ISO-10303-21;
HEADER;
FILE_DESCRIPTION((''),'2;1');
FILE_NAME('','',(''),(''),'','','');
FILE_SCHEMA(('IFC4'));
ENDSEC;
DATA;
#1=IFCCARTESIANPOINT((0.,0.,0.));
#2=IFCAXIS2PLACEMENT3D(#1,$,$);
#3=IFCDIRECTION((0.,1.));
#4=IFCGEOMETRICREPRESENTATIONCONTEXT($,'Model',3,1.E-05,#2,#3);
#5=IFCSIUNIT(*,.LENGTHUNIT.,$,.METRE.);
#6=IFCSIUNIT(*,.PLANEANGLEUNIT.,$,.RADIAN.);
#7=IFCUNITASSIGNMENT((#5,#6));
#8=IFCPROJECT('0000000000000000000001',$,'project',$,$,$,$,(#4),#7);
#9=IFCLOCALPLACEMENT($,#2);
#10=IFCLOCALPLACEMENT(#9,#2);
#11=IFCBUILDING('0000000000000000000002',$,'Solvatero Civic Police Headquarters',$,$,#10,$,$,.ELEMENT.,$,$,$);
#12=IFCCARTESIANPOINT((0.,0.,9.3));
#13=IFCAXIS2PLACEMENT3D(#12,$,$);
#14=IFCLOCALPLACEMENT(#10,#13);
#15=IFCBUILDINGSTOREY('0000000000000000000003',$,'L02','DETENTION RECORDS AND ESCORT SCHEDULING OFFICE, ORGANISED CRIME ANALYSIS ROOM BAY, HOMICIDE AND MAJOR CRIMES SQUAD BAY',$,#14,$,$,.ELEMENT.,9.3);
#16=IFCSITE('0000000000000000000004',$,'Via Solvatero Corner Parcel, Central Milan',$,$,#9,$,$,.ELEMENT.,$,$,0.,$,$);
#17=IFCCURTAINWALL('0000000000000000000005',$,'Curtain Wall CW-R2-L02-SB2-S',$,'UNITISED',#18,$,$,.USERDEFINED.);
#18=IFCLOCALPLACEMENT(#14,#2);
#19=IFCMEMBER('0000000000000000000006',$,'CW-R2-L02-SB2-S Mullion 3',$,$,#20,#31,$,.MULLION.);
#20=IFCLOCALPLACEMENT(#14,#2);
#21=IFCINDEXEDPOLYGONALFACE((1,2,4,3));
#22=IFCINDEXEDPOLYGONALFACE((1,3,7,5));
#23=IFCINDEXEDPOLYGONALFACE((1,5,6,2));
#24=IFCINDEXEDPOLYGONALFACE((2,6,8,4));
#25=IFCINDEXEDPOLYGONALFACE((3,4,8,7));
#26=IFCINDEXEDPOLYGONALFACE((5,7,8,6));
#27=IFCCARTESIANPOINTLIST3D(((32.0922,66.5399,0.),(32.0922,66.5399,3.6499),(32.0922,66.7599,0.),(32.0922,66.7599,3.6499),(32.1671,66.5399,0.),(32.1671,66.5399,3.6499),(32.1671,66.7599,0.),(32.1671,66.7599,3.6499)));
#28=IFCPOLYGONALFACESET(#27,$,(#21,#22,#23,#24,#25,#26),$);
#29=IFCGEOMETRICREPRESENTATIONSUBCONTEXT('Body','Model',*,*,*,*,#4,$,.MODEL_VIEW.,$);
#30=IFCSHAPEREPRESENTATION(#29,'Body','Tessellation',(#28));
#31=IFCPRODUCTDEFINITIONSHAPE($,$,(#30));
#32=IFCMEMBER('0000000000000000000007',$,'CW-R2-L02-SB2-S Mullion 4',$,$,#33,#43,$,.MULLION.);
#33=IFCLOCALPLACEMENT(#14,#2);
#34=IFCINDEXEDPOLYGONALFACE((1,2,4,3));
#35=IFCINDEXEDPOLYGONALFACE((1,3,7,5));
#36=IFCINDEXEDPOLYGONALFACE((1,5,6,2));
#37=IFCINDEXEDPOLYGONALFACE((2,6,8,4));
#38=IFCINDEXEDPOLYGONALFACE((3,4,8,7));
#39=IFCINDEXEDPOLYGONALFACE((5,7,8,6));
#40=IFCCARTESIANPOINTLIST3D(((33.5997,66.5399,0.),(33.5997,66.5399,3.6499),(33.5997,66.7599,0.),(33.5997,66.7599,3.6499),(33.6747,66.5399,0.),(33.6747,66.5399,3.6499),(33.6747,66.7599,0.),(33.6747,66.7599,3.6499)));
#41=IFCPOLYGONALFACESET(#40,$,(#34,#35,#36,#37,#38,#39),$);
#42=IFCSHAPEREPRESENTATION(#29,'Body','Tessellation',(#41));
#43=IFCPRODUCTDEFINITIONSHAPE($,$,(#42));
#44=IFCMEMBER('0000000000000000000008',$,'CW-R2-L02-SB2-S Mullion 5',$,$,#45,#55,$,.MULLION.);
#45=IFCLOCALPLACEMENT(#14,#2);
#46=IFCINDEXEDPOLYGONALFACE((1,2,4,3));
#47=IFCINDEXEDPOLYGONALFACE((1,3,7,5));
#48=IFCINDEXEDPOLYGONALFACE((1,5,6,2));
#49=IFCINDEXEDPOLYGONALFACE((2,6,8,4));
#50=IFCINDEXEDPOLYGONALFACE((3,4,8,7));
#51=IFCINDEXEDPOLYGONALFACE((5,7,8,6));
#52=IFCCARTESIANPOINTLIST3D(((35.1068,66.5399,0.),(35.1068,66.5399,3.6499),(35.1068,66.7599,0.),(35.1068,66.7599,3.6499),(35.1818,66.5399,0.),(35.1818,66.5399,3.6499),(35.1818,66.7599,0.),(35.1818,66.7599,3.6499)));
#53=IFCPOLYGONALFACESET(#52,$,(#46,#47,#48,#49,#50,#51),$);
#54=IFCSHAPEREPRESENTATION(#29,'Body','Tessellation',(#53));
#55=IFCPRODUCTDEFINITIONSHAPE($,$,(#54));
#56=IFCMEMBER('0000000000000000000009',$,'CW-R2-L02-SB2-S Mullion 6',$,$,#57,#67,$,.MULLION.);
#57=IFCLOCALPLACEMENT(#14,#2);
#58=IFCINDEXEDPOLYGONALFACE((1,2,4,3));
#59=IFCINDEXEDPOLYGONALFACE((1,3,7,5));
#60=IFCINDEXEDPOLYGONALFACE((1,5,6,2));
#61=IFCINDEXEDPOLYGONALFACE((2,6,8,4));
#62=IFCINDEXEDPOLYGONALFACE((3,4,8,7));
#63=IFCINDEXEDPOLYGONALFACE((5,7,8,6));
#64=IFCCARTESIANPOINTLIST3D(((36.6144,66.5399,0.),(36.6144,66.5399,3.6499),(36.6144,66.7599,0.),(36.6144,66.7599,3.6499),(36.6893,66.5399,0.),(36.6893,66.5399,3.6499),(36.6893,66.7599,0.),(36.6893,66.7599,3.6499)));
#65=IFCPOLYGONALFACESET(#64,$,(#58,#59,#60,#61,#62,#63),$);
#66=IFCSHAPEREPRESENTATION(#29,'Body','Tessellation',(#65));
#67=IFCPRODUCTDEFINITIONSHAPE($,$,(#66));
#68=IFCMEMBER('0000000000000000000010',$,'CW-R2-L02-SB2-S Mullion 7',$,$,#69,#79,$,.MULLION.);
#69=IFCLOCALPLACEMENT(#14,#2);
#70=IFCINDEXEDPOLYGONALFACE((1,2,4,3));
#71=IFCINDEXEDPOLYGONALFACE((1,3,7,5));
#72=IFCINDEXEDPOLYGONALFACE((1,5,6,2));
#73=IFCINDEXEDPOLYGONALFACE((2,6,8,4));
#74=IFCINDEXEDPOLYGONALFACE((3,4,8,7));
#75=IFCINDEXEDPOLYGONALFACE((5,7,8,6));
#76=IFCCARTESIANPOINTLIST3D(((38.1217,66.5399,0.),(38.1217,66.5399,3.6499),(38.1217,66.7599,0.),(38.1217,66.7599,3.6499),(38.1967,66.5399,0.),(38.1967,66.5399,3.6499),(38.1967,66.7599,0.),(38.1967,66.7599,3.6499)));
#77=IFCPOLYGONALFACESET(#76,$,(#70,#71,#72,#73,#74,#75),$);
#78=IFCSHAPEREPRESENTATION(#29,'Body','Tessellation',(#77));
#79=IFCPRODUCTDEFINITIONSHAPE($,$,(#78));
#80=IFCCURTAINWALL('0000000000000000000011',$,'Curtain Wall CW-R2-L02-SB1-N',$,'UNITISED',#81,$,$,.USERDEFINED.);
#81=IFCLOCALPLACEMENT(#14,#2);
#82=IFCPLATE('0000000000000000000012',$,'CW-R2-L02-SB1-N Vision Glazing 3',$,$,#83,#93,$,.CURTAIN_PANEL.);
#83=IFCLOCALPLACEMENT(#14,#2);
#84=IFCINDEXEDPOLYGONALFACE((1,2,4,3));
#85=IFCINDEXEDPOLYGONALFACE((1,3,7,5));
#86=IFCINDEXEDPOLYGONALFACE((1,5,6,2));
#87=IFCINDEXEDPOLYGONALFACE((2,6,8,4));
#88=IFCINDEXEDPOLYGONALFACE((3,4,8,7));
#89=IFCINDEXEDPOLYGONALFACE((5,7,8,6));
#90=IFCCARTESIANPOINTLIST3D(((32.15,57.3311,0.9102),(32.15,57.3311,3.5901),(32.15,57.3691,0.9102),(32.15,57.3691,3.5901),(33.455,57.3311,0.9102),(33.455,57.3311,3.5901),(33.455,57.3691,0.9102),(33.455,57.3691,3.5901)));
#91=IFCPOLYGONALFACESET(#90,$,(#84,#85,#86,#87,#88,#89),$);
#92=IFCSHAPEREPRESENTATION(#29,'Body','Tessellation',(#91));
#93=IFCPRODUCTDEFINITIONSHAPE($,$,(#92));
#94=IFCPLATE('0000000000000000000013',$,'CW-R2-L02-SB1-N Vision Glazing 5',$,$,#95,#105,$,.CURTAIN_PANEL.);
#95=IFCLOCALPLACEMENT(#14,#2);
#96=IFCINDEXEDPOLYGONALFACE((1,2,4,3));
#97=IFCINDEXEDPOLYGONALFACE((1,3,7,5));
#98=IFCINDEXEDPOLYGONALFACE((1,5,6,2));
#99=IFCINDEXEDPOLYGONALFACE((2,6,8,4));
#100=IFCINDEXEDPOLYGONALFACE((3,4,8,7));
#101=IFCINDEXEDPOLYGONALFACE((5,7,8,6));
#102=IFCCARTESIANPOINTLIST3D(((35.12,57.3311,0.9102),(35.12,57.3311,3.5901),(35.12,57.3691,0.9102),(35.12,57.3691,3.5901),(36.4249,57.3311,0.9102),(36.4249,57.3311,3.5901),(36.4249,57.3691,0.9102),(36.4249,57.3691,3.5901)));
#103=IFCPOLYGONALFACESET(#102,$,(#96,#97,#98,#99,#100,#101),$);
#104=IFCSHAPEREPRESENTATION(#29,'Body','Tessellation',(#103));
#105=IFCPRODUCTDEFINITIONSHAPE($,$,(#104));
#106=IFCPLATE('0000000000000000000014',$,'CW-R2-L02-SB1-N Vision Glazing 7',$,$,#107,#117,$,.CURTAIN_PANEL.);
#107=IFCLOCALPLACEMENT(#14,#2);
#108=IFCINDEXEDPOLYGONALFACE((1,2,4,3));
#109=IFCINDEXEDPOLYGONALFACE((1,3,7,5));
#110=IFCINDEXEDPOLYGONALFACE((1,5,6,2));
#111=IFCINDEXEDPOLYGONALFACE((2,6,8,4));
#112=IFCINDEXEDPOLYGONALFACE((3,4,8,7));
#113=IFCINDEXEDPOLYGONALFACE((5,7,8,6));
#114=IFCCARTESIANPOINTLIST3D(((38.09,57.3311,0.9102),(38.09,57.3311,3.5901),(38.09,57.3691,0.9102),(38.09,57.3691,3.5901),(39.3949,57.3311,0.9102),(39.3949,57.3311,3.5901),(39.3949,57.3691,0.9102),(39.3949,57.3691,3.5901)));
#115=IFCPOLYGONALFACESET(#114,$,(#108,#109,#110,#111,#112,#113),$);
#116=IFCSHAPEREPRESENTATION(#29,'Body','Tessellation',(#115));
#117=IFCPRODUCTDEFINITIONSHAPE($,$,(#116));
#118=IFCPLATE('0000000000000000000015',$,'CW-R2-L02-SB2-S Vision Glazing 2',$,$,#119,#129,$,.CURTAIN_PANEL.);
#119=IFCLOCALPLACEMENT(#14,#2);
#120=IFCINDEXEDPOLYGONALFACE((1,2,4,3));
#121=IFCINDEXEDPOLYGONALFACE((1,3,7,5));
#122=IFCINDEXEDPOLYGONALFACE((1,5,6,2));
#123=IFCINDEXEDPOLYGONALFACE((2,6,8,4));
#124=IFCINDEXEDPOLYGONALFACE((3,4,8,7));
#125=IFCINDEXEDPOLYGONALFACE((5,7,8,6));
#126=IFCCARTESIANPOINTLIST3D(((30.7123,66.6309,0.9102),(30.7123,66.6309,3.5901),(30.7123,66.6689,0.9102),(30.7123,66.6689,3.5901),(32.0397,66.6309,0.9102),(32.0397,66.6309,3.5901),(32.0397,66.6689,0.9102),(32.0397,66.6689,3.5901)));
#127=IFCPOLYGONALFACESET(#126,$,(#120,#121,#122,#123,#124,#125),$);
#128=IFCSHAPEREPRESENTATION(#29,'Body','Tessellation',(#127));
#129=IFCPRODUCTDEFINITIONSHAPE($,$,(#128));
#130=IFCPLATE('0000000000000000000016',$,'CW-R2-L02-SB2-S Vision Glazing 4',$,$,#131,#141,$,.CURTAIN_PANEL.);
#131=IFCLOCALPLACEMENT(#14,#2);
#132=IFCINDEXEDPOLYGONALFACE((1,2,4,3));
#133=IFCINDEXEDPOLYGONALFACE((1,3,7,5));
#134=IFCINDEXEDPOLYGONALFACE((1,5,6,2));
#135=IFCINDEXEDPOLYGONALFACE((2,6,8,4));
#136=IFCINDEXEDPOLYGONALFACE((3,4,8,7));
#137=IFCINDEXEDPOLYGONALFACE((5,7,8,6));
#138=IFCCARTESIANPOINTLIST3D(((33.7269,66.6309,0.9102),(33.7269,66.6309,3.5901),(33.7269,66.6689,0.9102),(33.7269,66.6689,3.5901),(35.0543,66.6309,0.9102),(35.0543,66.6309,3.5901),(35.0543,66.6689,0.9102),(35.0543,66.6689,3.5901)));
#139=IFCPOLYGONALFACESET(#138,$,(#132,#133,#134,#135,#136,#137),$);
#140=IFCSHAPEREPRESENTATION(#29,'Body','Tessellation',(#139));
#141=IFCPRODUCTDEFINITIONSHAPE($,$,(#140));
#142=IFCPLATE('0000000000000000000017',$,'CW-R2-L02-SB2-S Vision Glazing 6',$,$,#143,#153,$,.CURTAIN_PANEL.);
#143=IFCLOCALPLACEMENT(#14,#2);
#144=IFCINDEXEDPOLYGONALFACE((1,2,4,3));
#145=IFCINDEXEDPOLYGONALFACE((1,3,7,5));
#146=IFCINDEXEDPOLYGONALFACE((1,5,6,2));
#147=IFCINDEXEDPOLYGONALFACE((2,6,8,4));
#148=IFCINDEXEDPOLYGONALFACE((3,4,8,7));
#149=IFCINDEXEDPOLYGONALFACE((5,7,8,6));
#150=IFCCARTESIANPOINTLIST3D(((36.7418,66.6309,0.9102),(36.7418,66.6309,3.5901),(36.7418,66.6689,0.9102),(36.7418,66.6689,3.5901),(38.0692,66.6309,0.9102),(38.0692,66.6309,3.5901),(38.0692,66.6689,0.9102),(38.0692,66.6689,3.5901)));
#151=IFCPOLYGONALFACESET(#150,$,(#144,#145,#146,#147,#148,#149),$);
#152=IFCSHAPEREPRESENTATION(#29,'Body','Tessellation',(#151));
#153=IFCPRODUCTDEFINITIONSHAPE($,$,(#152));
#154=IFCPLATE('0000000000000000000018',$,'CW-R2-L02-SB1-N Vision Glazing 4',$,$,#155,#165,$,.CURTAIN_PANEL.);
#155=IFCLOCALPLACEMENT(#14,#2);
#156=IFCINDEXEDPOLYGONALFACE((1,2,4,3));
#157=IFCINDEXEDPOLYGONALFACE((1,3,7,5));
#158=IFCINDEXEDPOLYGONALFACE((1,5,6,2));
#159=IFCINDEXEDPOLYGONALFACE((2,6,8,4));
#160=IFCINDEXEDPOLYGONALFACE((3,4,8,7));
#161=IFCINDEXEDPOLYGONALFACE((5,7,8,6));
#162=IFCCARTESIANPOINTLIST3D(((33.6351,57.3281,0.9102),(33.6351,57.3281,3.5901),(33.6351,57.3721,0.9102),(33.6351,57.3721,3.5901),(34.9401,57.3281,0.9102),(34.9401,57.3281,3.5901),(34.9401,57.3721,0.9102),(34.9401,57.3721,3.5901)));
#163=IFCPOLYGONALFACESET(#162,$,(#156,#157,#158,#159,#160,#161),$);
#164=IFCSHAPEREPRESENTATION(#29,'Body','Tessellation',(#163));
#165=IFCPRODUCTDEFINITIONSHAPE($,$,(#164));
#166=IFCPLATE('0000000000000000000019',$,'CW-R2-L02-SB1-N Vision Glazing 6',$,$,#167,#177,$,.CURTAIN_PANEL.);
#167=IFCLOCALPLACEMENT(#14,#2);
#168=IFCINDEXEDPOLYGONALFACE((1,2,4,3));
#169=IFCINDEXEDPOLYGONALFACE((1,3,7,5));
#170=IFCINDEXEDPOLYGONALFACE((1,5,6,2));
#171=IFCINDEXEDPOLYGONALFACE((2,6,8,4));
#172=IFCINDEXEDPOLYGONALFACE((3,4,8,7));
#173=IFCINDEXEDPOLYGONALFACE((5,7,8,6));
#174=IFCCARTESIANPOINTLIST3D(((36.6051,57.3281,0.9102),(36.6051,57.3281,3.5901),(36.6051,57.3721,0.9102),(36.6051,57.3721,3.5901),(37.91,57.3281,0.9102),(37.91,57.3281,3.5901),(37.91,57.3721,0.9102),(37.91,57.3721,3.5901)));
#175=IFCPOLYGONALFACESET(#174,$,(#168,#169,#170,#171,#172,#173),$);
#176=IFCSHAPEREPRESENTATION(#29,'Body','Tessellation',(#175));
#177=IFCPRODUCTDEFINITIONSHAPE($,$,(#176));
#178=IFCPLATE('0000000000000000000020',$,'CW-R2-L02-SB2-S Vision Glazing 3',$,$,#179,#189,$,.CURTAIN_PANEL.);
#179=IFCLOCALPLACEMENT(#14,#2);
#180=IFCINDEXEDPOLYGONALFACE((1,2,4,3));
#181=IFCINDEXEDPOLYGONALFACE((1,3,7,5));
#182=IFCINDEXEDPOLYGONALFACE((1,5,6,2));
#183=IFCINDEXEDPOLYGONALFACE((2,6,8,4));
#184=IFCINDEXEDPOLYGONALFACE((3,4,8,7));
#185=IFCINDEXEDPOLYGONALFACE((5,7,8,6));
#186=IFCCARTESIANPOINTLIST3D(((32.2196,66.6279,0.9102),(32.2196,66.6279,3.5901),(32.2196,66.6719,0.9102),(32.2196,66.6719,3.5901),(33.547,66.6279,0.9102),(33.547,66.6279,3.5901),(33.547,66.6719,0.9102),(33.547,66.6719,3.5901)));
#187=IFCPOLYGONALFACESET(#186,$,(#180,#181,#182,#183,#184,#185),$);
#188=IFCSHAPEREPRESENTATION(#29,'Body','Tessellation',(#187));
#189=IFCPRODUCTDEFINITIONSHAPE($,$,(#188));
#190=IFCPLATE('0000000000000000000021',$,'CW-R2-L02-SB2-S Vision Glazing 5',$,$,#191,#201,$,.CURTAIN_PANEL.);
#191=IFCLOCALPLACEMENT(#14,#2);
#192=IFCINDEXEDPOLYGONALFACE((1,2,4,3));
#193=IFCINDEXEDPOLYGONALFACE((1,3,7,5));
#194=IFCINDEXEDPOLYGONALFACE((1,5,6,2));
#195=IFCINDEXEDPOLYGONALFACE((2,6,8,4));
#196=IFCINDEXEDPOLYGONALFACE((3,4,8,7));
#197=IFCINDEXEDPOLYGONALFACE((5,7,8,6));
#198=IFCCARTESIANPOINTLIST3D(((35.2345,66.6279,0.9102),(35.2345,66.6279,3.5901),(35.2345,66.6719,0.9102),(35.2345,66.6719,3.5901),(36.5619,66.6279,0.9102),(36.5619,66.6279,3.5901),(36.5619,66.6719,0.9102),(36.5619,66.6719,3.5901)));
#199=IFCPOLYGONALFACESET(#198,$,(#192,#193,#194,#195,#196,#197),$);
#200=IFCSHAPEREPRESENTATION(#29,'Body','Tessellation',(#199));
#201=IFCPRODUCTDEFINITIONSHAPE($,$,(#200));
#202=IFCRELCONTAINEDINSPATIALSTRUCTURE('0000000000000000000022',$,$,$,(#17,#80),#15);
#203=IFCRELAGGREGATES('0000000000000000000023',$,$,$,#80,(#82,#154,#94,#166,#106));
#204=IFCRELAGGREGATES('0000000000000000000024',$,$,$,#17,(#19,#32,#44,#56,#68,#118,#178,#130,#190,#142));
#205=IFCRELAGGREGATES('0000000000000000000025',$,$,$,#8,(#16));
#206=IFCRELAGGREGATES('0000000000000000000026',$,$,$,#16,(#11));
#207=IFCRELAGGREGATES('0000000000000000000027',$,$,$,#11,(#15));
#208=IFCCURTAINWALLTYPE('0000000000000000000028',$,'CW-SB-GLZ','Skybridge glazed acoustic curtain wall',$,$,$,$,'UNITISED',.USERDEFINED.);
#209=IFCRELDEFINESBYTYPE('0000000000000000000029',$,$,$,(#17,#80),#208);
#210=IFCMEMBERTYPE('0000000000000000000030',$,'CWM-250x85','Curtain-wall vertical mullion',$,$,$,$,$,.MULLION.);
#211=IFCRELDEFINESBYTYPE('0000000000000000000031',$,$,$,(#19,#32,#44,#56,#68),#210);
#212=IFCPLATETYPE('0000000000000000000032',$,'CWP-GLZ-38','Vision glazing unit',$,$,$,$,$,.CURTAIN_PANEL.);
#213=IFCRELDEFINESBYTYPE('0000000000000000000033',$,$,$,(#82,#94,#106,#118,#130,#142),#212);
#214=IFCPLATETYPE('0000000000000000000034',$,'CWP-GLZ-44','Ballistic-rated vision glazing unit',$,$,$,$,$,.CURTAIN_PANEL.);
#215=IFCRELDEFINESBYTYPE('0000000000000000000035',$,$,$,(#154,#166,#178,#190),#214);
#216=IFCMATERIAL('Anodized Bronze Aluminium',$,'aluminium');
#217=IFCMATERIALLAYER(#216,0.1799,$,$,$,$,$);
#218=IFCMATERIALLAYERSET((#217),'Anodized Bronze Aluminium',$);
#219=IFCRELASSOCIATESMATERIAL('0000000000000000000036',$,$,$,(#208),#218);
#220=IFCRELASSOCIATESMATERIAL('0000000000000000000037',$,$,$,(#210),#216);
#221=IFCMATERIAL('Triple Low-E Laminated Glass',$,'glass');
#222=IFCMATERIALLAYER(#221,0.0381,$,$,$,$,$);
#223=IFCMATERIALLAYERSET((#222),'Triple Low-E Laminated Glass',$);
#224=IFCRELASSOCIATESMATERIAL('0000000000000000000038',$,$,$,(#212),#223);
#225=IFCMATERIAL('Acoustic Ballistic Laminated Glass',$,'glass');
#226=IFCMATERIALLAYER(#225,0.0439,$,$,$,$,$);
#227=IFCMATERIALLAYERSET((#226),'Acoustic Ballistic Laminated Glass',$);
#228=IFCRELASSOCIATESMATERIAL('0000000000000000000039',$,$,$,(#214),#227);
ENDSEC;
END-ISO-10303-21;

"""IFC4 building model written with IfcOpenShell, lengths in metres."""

from ifc_helpers import new_model, si_unit, direction, frame, origin, origin_2d, place, context, subcontext, project, spatial, rectangle, extrude, material, layer, layer_set, material_profile, profile_set, type_object, element, aggregate, save


model = new_model("IFC4")

# Units and contexts
model_context = context("Model", 3, precision=1e-05, world=origin(), true_north=direction((0.0, 1.0)))
body_context = subcontext(model_context, "Body", "Model", "MODEL_VIEW")
ifc_project = project(units=[si_unit("LENGTHUNIT", "METRE"), si_unit("PLANEANGLEUNIT", "RADIAN")], contexts=[model_context])

# Site, building, storey
site_placement = place(None, origin())
site = spatial("IfcSite", under=ifc_project, at=site_placement, Name="Via Solvatero Corner Parcel, Central Milan", CompositionType="ELEMENT", RefElevation=0.0)
building_placement = place(site_placement, origin())
building = spatial("IfcBuilding", under=site, at=building_placement, Name="Solvatero Civic Police Headquarters", CompositionType="ELEMENT")
storey_placement = place(building_placement, frame((0.0, 0.0, 9.3)))
storey = spatial("IfcBuildingStorey", under=building, at=storey_placement, Name="L02", Description="DETENTION RECORDS AND ESCORT SCHEDULING OFFICE, ORGANISED CRIME ANALYSIS ROOM BAY, HOMICIDE AND MAJOR CRIMES SQUAD BAY", CompositionType="ELEMENT", Elevation=9.3)

# Curtain wall, members
ifc_material_1 = material(Name="Anodized Bronze Aluminium", Category="aluminium")
ifc_layer_1 = layer(ifc_material_1, 0.1799)
ifc_layer_set_1 = layer_set([ifc_layer_1], Name="Anodized Bronze Aluminium")
curtain_wall_type = type_object("IfcCurtainWallType", Name="CW-SB-GLZ", Description="Skybridge glazed acoustic curtain wall", ElementType="UNITISED", PredefinedType="USERDEFINED", material=ifc_layer_set_1)
curtain_wall_1_placement = place(storey_placement, origin())
curtain_wall_1 = element("IfcCurtainWall", 1, at=curtain_wall_1_placement, inside=storey, type_object=curtain_wall_type, Name="Curtain Wall CW-R2-L02-SB2-S", ObjectType="UNITISED", PredefinedType="USERDEFINED")
ifc_material_profile = material_profile(ifc_material_1, rectangle(XDim=0.075, YDim=0.22, at=origin_2d()), Name="ALU MULLION 75x220")
ifc_profile_set = profile_set([ifc_material_profile], Name="Anodized Bronze Aluminium")
member_type = type_object("IfcMemberType", Name="CWM-250x85", Description="Curtain-wall vertical mullion", PredefinedType="MULLION", material=ifc_profile_set)
member_1_placement = place(storey_placement, frame((32.1296, 66.6499, 0.0), z_axis=(0.0, 0.0, 1.0), x_axis=(1.0, 0.0, 0.0)))
member_1 = element("IfcMember", 2, at=member_1_placement, type_object=member_type, Name="CW-R2-L02-SB2-S Mullion 3", PredefinedType="MULLION", context=body_context, shape_type="SweptSolid", body=[
    extrude(rectangle(XDim=0.075, YDim=0.22, at=origin_2d()), origin(), (0.0, 0.0, 1.0), 3.6499),
])
member_2_placement = place(storey_placement, frame((33.6372, 66.6499, 0.0), z_axis=(0.0, 0.0, 1.0), x_axis=(1.0, 0.0, 0.0)))
member_2 = element("IfcMember", 3, at=member_2_placement, type_object=member_type, Name="CW-R2-L02-SB2-S Mullion 4", PredefinedType="MULLION", context=body_context, shape_type="SweptSolid", body=[
    extrude(rectangle(XDim=0.075, YDim=0.22, at=origin_2d()), origin(), (0.0, 0.0, 1.0), 3.6499),
])
member_3_placement = place(storey_placement, frame((35.1443, 66.6499, 0.0), z_axis=(0.0, 0.0, 1.0), x_axis=(1.0, 0.0, 0.0)))
member_3 = element("IfcMember", 4, at=member_3_placement, type_object=member_type, Name="CW-R2-L02-SB2-S Mullion 5", PredefinedType="MULLION", context=body_context, shape_type="SweptSolid", body=[
    extrude(rectangle(XDim=0.075, YDim=0.22, at=origin_2d()), origin(), (0.0, 0.0, 1.0), 3.6499),
])
member_4_placement = place(storey_placement, frame((36.6519, 66.6499, 0.0), z_axis=(0.0, 0.0, 1.0), x_axis=(1.0, 0.0, 0.0)))
member_4 = element("IfcMember", 5, at=member_4_placement, type_object=member_type, Name="CW-R2-L02-SB2-S Mullion 6", PredefinedType="MULLION", context=body_context, shape_type="SweptSolid", body=[
    extrude(rectangle(XDim=0.075, YDim=0.22, at=origin_2d()), origin(), (0.0, 0.0, 1.0), 3.6499),
])
member_5_placement = place(storey_placement, frame((38.1592, 66.6499, 0.0), z_axis=(0.0, 0.0, 1.0), x_axis=(1.0, 0.0, 0.0)))
member_5 = element("IfcMember", 6, at=member_5_placement, type_object=member_type, Name="CW-R2-L02-SB2-S Mullion 7", PredefinedType="MULLION", context=body_context, shape_type="SweptSolid", body=[
    extrude(rectangle(XDim=0.075, YDim=0.22, at=origin_2d()), origin(), (0.0, 0.0, 1.0), 3.6499),
])

# Curtain wall, plates
curtain_wall_2_placement = place(storey_placement, origin())
curtain_wall_2 = element("IfcCurtainWall", 7, at=curtain_wall_2_placement, inside=storey, type_object=curtain_wall_type, Name="Curtain Wall CW-R2-L02-SB1-N", ObjectType="UNITISED", PredefinedType="USERDEFINED")
ifc_material_2 = material(Name="Triple Low-E Laminated Glass", Category="glass")
ifc_layer_2 = layer(ifc_material_2, 0.0381)
ifc_layer_set_2 = layer_set([ifc_layer_2], Name="Triple Low-E Laminated Glass")
plate_type_1 = type_object("IfcPlateType", Name="CWP-GLZ-38", Description="Vision glazing unit", PredefinedType="CURTAIN_PANEL", material=ifc_layer_set_2)
plate_1_placement = place(storey_placement, frame((32.8025, 57.3501, 0.9102), z_axis=(0.0, 0.0, 1.0), x_axis=(1.0, 0.0, 0.0)))
plate_1 = element("IfcPlate", 8, at=plate_1_placement, type_object=plate_type_1, Name="CW-R2-L02-SB1-N Vision Glazing 3", PredefinedType="CURTAIN_PANEL", context=body_context, shape_type="SweptSolid", body=[
    extrude(rectangle(XDim=1.3049, YDim=0.0381, at=origin_2d()), origin(), (0.0, 0.0, 1.0), 2.6799),
])
plate_2_placement = place(storey_placement, frame((35.7725, 57.3501, 0.9102), z_axis=(0.0, 0.0, 1.0), x_axis=(1.0, 0.0, 0.0)))
plate_2 = element("IfcPlate", 9, at=plate_2_placement, type_object=plate_type_1, Name="CW-R2-L02-SB1-N Vision Glazing 5", PredefinedType="CURTAIN_PANEL", context=body_context, shape_type="SweptSolid", body=[
    extrude(rectangle(XDim=1.3049, YDim=0.0381, at=origin_2d()), origin(), (0.0, 0.0, 1.0), 2.6799),
])
plate_3_placement = place(storey_placement, frame((38.7424, 57.3501, 0.9102), z_axis=(0.0, 0.0, 1.0), x_axis=(1.0, 0.0, 0.0)))
plate_3 = element("IfcPlate", 10, at=plate_3_placement, type_object=plate_type_1, Name="CW-R2-L02-SB1-N Vision Glazing 7", PredefinedType="CURTAIN_PANEL", context=body_context, shape_type="SweptSolid", body=[
    extrude(rectangle(XDim=1.3049, YDim=0.0381, at=origin_2d()), origin(), (0.0, 0.0, 1.0), 2.6799),
])

# Plates
plate_4_placement = place(storey_placement, frame((31.376, 66.6499, 0.9102), z_axis=(0.0, 0.0, 1.0), x_axis=(1.0, 0.0, 0.0)))
plate_4 = element("IfcPlate", 11, at=plate_4_placement, type_object=plate_type_1, Name="CW-R2-L02-SB2-S Vision Glazing 2", PredefinedType="CURTAIN_PANEL", context=body_context, shape_type="SweptSolid", body=[
    extrude(rectangle(XDim=1.3274, YDim=0.0381, at=origin_2d()), origin(), (0.0, 0.0, 1.0), 2.6799),
])
plate_5_placement = place(storey_placement, frame((34.3906, 66.6499, 0.9102), z_axis=(0.0, 0.0, 1.0), x_axis=(1.0, 0.0, 0.0)))
plate_5 = element("IfcPlate", 12, at=plate_5_placement, type_object=plate_type_1, Name="CW-R2-L02-SB2-S Vision Glazing 4", PredefinedType="CURTAIN_PANEL", context=body_context, shape_type="SweptSolid", body=[
    extrude(rectangle(XDim=1.3274, YDim=0.0381, at=origin_2d()), origin(), (0.0, 0.0, 1.0), 2.6799),
])
plate_6_placement = place(storey_placement, frame((37.4055, 66.6499, 0.9102), z_axis=(0.0, 0.0, 1.0), x_axis=(1.0, 0.0, 0.0)))
plate_6 = element("IfcPlate", 13, at=plate_6_placement, type_object=plate_type_1, Name="CW-R2-L02-SB2-S Vision Glazing 6", PredefinedType="CURTAIN_PANEL", context=body_context, shape_type="SweptSolid", body=[
    extrude(rectangle(XDim=1.3274, YDim=0.0381, at=origin_2d()), origin(), (0.0, 0.0, 1.0), 2.6799),
])
ifc_material_3 = material(Name="Acoustic Ballistic Laminated Glass", Category="glass")
ifc_layer_3 = layer(ifc_material_3, 0.0439)
ifc_layer_set_3 = layer_set([ifc_layer_3], Name="Acoustic Ballistic Laminated Glass")
plate_type_2 = type_object("IfcPlateType", Name="CWP-GLZ-44", Description="Ballistic-rated vision glazing unit", PredefinedType="CURTAIN_PANEL", material=ifc_layer_set_3)
plate_7_placement = place(storey_placement, frame((34.2876, 57.3501, 0.9102), z_axis=(0.0, 0.0, 1.0), x_axis=(1.0, 0.0, 0.0)))
plate_7 = element("IfcPlate", 14, at=plate_7_placement, type_object=plate_type_2, Name="CW-R2-L02-SB1-N Vision Glazing 4", PredefinedType="CURTAIN_PANEL", context=body_context, shape_type="SweptSolid", body=[
    extrude(rectangle(XDim=1.3049, YDim=0.0439, at=origin_2d()), origin(), (0.0, 0.0, 1.0), 2.6799),
])
plate_8_placement = place(storey_placement, frame((37.2576, 57.3501, 0.9102), z_axis=(0.0, 0.0, 1.0), x_axis=(1.0, 0.0, 0.0)))
plate_8 = element("IfcPlate", 15, at=plate_8_placement, type_object=plate_type_2, Name="CW-R2-L02-SB1-N Vision Glazing 6", PredefinedType="CURTAIN_PANEL", context=body_context, shape_type="SweptSolid", body=[
    extrude(rectangle(XDim=1.3049, YDim=0.0439, at=origin_2d()), origin(), (0.0, 0.0, 1.0), 2.6799),
])
plate_9_placement = place(storey_placement, frame((32.8833, 66.6499, 0.9102), z_axis=(0.0, 0.0, 1.0), x_axis=(1.0, 0.0, 0.0)))
plate_9 = element("IfcPlate", 16, at=plate_9_placement, type_object=plate_type_2, Name="CW-R2-L02-SB2-S Vision Glazing 3", PredefinedType="CURTAIN_PANEL", context=body_context, shape_type="SweptSolid", body=[
    extrude(rectangle(XDim=1.3274, YDim=0.0439, at=origin_2d()), origin(), (0.0, 0.0, 1.0), 2.6799),
])
plate_10_placement = place(storey_placement, frame((35.8982, 66.6499, 0.9102), z_axis=(0.0, 0.0, 1.0), x_axis=(1.0, 0.0, 0.0)))
plate_10 = element("IfcPlate", 17, at=plate_10_placement, type_object=plate_type_2, Name="CW-R2-L02-SB2-S Vision Glazing 5", PredefinedType="CURTAIN_PANEL", context=body_context, shape_type="SweptSolid", body=[
    extrude(rectangle(XDim=1.3274, YDim=0.0439, at=origin_2d()), origin(), (0.0, 0.0, 1.0), 2.6799),
])
aggregate(curtain_wall_2, [plate_1, plate_7, plate_2, plate_8, plate_3])
aggregate(curtain_wall_1, [member_1, member_2, member_3, member_4, member_5, plate_4, plate_9, plate_5, plate_10, plate_6])

save(model, "model.ifc")
